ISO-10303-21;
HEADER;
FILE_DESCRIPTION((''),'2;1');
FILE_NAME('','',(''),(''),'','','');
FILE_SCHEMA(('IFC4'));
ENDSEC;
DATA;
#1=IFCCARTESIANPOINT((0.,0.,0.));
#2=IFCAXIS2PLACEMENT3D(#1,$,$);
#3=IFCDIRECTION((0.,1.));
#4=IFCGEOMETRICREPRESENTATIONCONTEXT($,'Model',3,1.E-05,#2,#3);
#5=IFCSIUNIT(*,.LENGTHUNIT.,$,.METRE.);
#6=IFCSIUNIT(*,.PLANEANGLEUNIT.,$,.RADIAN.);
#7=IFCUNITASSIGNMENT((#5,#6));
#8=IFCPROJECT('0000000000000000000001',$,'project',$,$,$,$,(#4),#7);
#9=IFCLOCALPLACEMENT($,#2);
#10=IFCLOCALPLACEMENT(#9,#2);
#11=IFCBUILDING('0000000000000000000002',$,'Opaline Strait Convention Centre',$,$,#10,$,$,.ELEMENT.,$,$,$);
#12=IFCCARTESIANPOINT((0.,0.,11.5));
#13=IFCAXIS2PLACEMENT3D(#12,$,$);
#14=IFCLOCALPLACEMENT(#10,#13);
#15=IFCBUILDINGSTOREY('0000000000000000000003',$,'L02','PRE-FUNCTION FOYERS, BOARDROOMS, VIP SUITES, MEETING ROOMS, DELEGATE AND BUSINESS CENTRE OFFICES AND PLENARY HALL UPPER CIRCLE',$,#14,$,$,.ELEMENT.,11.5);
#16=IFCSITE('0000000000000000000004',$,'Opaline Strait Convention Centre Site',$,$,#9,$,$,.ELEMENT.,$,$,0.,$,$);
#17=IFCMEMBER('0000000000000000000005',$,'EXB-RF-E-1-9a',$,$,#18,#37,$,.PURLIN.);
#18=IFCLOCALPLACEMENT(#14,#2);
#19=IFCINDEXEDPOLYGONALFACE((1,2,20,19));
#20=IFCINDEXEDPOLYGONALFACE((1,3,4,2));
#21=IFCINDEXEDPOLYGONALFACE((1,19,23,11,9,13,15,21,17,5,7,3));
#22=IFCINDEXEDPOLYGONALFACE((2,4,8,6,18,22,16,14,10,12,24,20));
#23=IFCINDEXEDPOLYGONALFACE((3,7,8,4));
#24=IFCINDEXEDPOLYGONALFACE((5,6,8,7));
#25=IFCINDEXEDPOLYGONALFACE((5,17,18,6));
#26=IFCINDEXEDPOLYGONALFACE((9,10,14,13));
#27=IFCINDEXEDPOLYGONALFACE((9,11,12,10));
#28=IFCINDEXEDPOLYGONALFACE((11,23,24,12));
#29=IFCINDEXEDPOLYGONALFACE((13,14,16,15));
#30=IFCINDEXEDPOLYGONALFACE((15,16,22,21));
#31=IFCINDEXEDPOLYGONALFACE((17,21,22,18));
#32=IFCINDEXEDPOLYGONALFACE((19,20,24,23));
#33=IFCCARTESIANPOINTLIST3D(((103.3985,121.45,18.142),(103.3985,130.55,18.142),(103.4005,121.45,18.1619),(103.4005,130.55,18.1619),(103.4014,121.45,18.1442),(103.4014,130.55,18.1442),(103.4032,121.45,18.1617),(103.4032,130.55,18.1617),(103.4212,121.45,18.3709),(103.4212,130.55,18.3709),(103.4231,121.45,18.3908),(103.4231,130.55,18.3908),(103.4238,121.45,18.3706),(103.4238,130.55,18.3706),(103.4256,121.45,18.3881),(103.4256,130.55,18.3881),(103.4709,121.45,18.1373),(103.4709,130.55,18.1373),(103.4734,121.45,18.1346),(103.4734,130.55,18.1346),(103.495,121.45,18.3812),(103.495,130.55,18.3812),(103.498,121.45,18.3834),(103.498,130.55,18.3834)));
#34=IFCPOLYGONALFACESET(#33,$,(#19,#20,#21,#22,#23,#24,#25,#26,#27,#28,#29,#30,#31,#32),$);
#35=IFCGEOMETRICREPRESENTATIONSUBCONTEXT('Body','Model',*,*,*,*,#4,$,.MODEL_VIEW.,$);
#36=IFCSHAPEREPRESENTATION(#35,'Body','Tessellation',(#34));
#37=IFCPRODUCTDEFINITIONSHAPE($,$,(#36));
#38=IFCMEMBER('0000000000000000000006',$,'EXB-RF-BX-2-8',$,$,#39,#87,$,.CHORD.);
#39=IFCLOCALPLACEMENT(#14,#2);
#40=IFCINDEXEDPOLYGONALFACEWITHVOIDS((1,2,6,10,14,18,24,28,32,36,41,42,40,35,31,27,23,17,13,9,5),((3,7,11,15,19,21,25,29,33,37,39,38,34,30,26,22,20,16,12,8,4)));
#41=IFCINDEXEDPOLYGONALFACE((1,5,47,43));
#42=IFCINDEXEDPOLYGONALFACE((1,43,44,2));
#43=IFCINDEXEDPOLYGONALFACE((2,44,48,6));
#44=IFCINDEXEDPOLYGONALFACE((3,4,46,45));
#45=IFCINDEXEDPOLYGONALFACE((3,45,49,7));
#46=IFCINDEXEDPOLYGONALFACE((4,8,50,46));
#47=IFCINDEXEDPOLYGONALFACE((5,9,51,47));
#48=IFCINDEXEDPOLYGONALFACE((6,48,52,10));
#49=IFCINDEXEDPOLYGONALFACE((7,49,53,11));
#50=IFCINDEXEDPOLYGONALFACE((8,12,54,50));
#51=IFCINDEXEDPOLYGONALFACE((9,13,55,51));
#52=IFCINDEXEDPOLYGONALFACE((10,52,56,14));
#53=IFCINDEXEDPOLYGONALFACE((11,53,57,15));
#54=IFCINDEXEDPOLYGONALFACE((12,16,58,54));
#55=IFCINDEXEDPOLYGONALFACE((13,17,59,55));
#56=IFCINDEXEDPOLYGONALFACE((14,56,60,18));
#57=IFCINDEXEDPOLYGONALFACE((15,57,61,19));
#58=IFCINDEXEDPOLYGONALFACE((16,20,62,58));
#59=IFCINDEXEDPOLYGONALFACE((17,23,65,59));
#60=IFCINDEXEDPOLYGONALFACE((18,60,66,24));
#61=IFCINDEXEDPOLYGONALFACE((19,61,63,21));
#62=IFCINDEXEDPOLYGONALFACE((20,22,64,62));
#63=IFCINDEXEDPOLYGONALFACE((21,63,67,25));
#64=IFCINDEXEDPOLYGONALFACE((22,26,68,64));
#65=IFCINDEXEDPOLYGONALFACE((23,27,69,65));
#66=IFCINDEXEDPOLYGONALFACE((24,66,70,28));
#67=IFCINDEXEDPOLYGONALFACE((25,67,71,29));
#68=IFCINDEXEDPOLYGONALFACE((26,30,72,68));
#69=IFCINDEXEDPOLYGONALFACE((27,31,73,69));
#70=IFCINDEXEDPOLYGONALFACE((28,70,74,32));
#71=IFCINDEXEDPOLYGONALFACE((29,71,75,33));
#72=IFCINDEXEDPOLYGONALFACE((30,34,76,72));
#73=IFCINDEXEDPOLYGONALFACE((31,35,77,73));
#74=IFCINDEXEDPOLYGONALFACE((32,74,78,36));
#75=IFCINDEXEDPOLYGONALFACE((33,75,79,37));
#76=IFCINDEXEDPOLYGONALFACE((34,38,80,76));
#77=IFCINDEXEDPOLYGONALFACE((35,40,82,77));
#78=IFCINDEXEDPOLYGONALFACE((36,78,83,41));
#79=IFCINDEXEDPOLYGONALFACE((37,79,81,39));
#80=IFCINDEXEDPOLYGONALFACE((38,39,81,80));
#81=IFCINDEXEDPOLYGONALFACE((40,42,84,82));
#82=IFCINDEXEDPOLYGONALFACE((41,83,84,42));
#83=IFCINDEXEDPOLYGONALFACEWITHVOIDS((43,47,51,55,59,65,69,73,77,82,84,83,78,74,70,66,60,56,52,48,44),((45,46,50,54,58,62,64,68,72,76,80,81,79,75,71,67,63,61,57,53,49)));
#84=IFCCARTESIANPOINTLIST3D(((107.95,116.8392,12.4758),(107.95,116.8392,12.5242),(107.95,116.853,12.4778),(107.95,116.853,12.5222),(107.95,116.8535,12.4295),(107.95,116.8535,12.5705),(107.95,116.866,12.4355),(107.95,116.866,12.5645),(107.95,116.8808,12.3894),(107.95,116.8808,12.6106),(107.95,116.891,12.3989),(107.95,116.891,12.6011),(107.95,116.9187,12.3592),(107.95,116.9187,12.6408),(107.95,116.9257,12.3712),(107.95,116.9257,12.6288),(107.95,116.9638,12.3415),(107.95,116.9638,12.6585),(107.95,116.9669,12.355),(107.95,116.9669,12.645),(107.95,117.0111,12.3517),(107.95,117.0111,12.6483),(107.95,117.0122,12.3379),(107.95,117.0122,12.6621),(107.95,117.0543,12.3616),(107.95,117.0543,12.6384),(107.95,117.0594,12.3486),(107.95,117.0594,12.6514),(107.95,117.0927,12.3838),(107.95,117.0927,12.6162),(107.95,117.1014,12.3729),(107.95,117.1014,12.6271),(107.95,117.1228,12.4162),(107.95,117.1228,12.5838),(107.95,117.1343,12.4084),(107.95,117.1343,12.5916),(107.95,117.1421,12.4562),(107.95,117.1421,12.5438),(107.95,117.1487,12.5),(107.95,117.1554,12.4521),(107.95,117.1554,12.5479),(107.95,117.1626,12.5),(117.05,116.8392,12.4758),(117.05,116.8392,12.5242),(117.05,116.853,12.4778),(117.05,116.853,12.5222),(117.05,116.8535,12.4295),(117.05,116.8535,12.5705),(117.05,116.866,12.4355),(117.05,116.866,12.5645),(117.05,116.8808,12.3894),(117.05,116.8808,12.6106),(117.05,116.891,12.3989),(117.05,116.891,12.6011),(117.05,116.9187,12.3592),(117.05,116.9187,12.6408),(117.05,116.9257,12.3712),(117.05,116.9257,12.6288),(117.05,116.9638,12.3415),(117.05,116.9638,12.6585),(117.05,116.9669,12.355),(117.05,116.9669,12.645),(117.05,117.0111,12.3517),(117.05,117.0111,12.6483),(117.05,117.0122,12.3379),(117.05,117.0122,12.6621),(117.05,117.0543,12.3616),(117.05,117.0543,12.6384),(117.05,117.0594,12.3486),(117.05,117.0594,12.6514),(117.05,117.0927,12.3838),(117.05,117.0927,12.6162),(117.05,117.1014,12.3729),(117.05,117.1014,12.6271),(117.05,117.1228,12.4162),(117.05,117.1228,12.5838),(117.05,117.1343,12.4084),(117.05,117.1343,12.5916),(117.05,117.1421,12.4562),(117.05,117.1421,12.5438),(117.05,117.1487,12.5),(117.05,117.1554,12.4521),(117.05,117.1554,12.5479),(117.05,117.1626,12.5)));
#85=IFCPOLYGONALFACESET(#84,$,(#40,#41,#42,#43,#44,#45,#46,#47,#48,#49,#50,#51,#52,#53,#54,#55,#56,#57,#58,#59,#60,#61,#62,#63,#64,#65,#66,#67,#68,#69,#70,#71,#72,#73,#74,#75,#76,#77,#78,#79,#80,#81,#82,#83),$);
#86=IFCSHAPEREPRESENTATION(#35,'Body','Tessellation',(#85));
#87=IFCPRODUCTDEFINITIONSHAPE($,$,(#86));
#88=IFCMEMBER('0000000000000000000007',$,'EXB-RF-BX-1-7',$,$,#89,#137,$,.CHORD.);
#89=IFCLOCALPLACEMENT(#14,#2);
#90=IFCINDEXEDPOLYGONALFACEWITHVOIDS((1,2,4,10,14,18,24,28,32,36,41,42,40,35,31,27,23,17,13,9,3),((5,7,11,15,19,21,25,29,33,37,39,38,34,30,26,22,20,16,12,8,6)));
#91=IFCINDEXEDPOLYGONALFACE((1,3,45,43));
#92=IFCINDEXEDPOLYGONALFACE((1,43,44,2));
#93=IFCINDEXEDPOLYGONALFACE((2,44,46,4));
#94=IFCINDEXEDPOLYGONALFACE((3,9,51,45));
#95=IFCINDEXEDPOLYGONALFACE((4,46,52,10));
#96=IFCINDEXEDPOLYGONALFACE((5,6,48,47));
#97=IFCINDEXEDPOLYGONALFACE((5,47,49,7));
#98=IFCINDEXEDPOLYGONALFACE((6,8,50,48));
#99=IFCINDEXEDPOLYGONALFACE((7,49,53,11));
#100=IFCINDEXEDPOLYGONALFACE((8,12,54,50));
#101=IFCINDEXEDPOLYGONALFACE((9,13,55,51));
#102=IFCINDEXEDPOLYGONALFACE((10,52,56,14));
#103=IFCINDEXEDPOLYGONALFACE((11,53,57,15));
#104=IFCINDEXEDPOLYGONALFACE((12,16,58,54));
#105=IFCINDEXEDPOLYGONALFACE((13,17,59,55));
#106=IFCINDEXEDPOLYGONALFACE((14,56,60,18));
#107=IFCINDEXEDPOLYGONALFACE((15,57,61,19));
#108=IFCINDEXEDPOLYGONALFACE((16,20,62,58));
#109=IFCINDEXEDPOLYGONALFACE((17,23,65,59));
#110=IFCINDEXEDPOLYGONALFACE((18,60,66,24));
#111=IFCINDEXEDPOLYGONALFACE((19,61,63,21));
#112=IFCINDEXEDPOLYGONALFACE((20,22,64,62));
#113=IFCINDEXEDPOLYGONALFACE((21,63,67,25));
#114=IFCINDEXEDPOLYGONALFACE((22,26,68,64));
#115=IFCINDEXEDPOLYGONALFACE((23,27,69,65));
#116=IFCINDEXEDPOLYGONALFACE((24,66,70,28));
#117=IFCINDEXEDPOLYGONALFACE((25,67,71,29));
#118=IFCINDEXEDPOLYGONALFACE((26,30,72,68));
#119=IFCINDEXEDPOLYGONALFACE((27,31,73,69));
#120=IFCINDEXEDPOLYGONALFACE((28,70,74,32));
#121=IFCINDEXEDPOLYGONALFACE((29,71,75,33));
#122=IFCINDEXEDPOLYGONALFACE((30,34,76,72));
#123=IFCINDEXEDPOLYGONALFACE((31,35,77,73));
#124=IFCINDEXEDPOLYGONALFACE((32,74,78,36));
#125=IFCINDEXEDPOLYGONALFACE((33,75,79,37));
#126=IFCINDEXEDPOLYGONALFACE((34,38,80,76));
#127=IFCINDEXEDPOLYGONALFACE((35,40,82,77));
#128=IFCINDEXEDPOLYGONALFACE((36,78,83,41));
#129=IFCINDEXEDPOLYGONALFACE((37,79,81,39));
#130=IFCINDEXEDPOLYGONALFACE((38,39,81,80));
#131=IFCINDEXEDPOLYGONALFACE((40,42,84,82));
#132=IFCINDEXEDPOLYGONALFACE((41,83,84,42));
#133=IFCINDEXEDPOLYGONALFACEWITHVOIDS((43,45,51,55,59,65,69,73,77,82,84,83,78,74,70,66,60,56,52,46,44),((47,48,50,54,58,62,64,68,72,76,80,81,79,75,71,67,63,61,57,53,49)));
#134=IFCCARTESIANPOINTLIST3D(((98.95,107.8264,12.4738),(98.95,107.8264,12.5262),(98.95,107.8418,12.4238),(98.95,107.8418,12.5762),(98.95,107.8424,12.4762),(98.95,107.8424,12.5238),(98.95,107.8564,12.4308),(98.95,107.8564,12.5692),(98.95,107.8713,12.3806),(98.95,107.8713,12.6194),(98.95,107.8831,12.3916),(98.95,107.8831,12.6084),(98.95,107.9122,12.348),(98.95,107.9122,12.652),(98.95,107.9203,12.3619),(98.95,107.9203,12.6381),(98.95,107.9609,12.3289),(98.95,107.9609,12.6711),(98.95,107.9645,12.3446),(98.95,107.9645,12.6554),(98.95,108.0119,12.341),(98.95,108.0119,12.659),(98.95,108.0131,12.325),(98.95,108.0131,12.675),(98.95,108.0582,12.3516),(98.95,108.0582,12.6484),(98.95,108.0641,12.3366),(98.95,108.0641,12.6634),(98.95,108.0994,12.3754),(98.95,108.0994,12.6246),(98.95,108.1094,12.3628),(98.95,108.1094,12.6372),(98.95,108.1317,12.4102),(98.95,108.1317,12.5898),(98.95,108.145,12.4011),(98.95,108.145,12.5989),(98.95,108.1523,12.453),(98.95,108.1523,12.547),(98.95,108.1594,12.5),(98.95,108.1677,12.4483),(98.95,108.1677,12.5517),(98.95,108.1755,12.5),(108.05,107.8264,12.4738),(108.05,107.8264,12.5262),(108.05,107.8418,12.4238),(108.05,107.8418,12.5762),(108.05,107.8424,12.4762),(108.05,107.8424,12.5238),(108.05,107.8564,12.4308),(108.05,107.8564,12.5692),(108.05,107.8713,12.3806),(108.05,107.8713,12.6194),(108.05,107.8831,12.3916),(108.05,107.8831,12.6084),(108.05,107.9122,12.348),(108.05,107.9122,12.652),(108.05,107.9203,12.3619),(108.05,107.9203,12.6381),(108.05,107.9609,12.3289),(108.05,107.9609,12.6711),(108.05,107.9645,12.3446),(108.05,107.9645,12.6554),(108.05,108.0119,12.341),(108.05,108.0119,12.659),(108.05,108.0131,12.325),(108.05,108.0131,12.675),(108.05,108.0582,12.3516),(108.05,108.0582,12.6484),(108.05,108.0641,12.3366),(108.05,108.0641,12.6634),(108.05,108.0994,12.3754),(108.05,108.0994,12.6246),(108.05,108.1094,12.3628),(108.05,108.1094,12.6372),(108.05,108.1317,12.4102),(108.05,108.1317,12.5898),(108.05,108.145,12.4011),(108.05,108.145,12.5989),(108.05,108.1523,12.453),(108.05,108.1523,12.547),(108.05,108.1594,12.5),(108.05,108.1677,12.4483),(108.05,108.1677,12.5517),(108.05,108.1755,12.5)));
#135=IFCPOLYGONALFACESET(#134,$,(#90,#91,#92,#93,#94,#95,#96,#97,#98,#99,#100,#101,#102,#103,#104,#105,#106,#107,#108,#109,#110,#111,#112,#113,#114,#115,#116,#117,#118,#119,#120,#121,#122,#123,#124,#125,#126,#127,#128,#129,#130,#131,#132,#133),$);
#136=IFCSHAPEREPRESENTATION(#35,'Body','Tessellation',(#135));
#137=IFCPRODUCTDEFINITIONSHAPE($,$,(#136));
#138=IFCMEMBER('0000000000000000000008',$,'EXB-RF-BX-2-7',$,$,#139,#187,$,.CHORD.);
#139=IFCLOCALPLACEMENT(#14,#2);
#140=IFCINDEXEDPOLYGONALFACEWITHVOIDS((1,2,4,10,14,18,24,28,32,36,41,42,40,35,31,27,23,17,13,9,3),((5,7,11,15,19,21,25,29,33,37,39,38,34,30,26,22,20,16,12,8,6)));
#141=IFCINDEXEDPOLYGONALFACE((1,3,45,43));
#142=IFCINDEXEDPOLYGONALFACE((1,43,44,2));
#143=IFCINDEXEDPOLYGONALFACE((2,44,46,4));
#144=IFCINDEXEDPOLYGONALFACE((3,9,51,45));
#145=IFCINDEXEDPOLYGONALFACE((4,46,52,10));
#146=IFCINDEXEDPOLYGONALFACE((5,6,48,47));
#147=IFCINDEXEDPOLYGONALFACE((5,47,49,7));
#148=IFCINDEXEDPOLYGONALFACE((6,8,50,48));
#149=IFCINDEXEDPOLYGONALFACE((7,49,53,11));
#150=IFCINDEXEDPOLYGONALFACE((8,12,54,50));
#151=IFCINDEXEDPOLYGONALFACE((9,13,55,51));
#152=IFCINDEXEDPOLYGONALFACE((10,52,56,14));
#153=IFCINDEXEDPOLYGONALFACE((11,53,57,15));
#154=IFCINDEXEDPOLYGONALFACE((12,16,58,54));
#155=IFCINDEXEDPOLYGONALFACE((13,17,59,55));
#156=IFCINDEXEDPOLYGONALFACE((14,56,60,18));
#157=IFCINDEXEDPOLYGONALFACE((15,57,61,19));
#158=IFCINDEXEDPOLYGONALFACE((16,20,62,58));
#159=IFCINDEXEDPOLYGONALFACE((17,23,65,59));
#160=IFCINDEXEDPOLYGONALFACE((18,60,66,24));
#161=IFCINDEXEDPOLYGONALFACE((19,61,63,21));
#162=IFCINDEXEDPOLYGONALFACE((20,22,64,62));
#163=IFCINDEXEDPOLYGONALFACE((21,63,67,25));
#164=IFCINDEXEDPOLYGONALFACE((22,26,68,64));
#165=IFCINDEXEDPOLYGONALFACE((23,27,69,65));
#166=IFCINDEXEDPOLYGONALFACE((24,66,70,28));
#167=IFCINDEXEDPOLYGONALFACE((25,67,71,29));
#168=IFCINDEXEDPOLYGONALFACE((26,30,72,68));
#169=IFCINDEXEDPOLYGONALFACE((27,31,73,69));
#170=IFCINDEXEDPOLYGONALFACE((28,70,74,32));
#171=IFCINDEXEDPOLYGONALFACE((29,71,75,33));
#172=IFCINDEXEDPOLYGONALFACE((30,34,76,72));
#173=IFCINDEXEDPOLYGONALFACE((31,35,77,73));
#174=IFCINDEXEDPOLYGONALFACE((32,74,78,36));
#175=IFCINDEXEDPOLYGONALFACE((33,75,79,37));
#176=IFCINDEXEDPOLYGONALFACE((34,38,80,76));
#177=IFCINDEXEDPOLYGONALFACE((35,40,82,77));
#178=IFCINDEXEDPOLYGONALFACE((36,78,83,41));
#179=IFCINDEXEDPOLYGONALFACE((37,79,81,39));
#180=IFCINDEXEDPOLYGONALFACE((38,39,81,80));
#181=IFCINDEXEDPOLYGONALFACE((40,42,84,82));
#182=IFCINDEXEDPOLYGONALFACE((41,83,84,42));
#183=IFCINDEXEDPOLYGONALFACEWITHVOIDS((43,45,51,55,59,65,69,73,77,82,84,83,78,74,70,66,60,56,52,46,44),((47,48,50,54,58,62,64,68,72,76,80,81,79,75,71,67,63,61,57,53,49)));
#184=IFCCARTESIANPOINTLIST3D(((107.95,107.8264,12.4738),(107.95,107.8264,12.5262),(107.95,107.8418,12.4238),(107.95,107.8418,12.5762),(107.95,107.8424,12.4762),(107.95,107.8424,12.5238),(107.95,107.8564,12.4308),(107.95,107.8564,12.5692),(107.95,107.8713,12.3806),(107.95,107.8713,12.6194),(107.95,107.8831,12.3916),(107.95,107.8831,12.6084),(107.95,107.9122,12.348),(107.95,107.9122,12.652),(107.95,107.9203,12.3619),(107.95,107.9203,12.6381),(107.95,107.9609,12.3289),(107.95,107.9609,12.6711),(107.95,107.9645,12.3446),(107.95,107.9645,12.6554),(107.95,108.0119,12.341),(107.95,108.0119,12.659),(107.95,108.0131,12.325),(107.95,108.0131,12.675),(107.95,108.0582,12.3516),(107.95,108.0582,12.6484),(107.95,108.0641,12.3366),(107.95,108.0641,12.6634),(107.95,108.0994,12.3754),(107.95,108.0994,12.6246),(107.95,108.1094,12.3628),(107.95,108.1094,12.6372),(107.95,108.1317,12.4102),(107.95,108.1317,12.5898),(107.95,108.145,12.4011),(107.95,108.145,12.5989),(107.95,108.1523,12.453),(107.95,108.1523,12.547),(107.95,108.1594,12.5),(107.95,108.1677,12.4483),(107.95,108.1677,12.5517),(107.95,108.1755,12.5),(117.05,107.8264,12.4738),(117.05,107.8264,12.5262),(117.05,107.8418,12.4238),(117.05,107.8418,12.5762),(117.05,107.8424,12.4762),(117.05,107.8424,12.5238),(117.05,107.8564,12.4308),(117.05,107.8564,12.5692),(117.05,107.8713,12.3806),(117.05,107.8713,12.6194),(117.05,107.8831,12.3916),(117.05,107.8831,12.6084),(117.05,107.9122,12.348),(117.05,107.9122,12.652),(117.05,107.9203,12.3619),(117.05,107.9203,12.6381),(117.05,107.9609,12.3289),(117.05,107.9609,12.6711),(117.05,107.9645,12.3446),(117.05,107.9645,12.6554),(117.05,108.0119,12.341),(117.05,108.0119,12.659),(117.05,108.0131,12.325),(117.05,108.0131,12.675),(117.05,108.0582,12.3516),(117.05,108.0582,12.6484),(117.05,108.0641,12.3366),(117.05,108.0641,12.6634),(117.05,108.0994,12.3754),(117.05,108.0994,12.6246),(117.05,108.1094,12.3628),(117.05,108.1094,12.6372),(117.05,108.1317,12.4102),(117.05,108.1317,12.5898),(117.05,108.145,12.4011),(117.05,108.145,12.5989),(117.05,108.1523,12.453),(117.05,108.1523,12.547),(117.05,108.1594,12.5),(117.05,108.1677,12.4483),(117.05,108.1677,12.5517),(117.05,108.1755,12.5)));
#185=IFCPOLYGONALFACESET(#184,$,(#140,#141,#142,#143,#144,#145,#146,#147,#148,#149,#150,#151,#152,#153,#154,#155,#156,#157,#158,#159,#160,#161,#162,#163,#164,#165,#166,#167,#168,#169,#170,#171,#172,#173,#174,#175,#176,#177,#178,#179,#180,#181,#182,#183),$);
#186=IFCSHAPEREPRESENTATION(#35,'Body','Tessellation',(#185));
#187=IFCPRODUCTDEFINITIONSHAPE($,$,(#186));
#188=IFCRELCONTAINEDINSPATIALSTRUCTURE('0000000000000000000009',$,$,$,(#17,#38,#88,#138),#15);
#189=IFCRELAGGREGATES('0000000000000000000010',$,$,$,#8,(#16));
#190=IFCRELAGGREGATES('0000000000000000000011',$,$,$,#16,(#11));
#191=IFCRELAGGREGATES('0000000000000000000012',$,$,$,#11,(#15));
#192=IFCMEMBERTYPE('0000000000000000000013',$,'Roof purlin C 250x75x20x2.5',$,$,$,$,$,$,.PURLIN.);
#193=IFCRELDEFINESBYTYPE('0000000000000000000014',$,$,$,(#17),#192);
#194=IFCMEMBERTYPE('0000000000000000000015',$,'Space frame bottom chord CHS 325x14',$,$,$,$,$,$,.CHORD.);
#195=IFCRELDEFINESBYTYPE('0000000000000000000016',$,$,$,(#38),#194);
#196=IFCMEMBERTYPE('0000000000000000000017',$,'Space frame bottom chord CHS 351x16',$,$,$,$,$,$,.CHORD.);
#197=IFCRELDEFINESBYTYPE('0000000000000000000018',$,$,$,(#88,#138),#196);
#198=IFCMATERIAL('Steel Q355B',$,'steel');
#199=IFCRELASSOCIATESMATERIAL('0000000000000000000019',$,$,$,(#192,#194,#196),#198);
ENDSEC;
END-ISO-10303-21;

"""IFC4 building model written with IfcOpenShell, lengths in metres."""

from ifc_helpers import new_model, si_unit, direction, frame, origin, origin_2d, place, context, subcontext, project, spatial, polyline, hollow_circle, outline, extrude, material, material_profile, profile_set, type_object, element, save


model = new_model("IFC4")

# Units and contexts
model_context = context("Model", 3, precision=1e-05, world=origin(), true_north=direction((0.0, 1.0)))
body_context = subcontext(model_context, "Body", "Model", "MODEL_VIEW")
ifc_project = project(units=[si_unit("LENGTHUNIT", "METRE"), si_unit("PLANEANGLEUNIT", "RADIAN")], contexts=[model_context])

# Site, building, storey
site_placement = place(None, origin())
site = spatial("IfcSite", under=ifc_project, at=site_placement, Name="Opaline Strait Convention Centre Site", CompositionType="ELEMENT", RefElevation=0.0)
building_placement = place(site_placement, origin())
building = spatial("IfcBuilding", under=site, at=building_placement, Name="Opaline Strait Convention Centre", CompositionType="ELEMENT")
storey_placement = place(building_placement, frame((0.0, 0.0, 11.5)))
storey = spatial("IfcBuildingStorey", under=building, at=storey_placement, Name="L02", Description="PRE-FUNCTION FOYERS, BOARDROOMS, VIP SUITES, MEETING ROOMS, DELEGATE AND BUSINESS CENTRE OFFICES AND PLENARY HALL UPPER CIRCLE", CompositionType="ELEMENT", Elevation=11.5)

# Shared definitions
ifc_material_1 = material(Name="Steel Q355B", Category="steel")

# Members
ifc_material_profile_1 = material_profile(ifc_material_1, outline(polyline([(-0.0376, -0.125), (0.0376, -0.125), (0.0376, -0.105), (0.0349, -0.105), (0.0349, -0.1226), (-0.0349, -0.1226), (-0.0349, 0.1226), (0.0349, 0.1226), (0.0349, 0.105), (0.0376, 0.105), (0.0376, 0.125), (-0.0376, 0.125), (-0.0376, -0.125)])), Name="C 250x75x20x2.5")
ifc_profile_set_1 = profile_set([ifc_material_profile_1], Name="Steel Q355B")
member_type_1 = type_object("IfcMemberType", Name="Roof purlin C 250x75x20x2.5", PredefinedType="PURLIN", material=ifc_profile_set_1)
member_1_placement = place(storey_placement, frame((103.4482, 121.45, 18.2627), z_axis=(0.0, 1.0, 0.0), x_axis=(-0.995149, 0.0, 0.098378)))
element("IfcMember", 1, at=member_1_placement, inside=storey, type_object=member_type_1, Name="EXB-RF-E-1-9a", PredefinedType="PURLIN", context=body_context, shape_type="SweptSolid", body=[
    extrude(outline(polyline([(-0.0376, -0.125), (0.0376, -0.125), (0.0376, -0.105), (0.0349, -0.105), (0.0349, -0.1226), (-0.0349, -0.1226), (-0.0349, 0.1226), (0.0349, 0.1226), (0.0349, 0.105), (0.0376, 0.105), (0.0376, 0.125), (-0.0376, 0.125), (-0.0376, -0.125)])), origin(), (0.0, 0.0, 1.0), 9.1001),
])
ifc_material_profile_2 = material_profile(ifc_material_1, hollow_circle(Radius=0.1626, WallThickness=0.0139, at=origin_2d()), Name="CHS 325x14")
ifc_profile_set_2 = profile_set([ifc_material_profile_2], Name="Steel Q355B")
member_type_2 = type_object("IfcMemberType", Name="Space frame bottom chord CHS 325x14", PredefinedType="CHORD", material=ifc_profile_set_2)
member_2_placement = place(storey_placement, frame((107.95, 117.0, 12.5), z_axis=(1.0, 0.0, 0.0), x_axis=(0.0, 1.0, 0.0)))
element("IfcMember", 2, at=member_2_placement, inside=storey, type_object=member_type_2, Name="EXB-RF-BX-2-8", PredefinedType="CHORD", context=body_context, shape_type="SweptSolid", body=[
    extrude(hollow_circle(Radius=0.1626, WallThickness=0.0139, at=origin_2d()), origin(), (0.0, 0.0, 1.0), 9.1001),
])
ifc_material_profile_3 = material_profile(ifc_material_1, hollow_circle(Radius=0.1755, WallThickness=0.0161, at=origin_2d()), Name="CHS 351x16")
ifc_profile_set_3 = profile_set([ifc_material_profile_3], Name="Steel Q355B")
member_type_3 = type_object("IfcMemberType", Name="Space frame bottom chord CHS 351x16", PredefinedType="CHORD", material=ifc_profile_set_3)
for number, where, z_axis, x_axis, name in (
    (3, (98.95, 108.0, 12.5), (1.0, 0.0, 0.0), (0.0, 1.0, 0.0), "EXB-RF-BX-1-7"),
    (4, (107.95, 108.0, 12.5), (1.0, 0.0, 0.0), (0.0, 1.0, 0.0), "EXB-RF-BX-2-7"),
):
    element("IfcMember", number, at=place(storey_placement, frame(where, z_axis=z_axis, x_axis=x_axis)), inside=storey, type_object=member_type_3, Name=name, PredefinedType="CHORD", context=body_context, shape_type="SweptSolid", body=[
        extrude(hollow_circle(Radius=0.1755, WallThickness=0.0161, at=origin_2d()), origin(), (0.0, 0.0, 1.0), 9.1001),
    ])

save(model, "model.ifc")
